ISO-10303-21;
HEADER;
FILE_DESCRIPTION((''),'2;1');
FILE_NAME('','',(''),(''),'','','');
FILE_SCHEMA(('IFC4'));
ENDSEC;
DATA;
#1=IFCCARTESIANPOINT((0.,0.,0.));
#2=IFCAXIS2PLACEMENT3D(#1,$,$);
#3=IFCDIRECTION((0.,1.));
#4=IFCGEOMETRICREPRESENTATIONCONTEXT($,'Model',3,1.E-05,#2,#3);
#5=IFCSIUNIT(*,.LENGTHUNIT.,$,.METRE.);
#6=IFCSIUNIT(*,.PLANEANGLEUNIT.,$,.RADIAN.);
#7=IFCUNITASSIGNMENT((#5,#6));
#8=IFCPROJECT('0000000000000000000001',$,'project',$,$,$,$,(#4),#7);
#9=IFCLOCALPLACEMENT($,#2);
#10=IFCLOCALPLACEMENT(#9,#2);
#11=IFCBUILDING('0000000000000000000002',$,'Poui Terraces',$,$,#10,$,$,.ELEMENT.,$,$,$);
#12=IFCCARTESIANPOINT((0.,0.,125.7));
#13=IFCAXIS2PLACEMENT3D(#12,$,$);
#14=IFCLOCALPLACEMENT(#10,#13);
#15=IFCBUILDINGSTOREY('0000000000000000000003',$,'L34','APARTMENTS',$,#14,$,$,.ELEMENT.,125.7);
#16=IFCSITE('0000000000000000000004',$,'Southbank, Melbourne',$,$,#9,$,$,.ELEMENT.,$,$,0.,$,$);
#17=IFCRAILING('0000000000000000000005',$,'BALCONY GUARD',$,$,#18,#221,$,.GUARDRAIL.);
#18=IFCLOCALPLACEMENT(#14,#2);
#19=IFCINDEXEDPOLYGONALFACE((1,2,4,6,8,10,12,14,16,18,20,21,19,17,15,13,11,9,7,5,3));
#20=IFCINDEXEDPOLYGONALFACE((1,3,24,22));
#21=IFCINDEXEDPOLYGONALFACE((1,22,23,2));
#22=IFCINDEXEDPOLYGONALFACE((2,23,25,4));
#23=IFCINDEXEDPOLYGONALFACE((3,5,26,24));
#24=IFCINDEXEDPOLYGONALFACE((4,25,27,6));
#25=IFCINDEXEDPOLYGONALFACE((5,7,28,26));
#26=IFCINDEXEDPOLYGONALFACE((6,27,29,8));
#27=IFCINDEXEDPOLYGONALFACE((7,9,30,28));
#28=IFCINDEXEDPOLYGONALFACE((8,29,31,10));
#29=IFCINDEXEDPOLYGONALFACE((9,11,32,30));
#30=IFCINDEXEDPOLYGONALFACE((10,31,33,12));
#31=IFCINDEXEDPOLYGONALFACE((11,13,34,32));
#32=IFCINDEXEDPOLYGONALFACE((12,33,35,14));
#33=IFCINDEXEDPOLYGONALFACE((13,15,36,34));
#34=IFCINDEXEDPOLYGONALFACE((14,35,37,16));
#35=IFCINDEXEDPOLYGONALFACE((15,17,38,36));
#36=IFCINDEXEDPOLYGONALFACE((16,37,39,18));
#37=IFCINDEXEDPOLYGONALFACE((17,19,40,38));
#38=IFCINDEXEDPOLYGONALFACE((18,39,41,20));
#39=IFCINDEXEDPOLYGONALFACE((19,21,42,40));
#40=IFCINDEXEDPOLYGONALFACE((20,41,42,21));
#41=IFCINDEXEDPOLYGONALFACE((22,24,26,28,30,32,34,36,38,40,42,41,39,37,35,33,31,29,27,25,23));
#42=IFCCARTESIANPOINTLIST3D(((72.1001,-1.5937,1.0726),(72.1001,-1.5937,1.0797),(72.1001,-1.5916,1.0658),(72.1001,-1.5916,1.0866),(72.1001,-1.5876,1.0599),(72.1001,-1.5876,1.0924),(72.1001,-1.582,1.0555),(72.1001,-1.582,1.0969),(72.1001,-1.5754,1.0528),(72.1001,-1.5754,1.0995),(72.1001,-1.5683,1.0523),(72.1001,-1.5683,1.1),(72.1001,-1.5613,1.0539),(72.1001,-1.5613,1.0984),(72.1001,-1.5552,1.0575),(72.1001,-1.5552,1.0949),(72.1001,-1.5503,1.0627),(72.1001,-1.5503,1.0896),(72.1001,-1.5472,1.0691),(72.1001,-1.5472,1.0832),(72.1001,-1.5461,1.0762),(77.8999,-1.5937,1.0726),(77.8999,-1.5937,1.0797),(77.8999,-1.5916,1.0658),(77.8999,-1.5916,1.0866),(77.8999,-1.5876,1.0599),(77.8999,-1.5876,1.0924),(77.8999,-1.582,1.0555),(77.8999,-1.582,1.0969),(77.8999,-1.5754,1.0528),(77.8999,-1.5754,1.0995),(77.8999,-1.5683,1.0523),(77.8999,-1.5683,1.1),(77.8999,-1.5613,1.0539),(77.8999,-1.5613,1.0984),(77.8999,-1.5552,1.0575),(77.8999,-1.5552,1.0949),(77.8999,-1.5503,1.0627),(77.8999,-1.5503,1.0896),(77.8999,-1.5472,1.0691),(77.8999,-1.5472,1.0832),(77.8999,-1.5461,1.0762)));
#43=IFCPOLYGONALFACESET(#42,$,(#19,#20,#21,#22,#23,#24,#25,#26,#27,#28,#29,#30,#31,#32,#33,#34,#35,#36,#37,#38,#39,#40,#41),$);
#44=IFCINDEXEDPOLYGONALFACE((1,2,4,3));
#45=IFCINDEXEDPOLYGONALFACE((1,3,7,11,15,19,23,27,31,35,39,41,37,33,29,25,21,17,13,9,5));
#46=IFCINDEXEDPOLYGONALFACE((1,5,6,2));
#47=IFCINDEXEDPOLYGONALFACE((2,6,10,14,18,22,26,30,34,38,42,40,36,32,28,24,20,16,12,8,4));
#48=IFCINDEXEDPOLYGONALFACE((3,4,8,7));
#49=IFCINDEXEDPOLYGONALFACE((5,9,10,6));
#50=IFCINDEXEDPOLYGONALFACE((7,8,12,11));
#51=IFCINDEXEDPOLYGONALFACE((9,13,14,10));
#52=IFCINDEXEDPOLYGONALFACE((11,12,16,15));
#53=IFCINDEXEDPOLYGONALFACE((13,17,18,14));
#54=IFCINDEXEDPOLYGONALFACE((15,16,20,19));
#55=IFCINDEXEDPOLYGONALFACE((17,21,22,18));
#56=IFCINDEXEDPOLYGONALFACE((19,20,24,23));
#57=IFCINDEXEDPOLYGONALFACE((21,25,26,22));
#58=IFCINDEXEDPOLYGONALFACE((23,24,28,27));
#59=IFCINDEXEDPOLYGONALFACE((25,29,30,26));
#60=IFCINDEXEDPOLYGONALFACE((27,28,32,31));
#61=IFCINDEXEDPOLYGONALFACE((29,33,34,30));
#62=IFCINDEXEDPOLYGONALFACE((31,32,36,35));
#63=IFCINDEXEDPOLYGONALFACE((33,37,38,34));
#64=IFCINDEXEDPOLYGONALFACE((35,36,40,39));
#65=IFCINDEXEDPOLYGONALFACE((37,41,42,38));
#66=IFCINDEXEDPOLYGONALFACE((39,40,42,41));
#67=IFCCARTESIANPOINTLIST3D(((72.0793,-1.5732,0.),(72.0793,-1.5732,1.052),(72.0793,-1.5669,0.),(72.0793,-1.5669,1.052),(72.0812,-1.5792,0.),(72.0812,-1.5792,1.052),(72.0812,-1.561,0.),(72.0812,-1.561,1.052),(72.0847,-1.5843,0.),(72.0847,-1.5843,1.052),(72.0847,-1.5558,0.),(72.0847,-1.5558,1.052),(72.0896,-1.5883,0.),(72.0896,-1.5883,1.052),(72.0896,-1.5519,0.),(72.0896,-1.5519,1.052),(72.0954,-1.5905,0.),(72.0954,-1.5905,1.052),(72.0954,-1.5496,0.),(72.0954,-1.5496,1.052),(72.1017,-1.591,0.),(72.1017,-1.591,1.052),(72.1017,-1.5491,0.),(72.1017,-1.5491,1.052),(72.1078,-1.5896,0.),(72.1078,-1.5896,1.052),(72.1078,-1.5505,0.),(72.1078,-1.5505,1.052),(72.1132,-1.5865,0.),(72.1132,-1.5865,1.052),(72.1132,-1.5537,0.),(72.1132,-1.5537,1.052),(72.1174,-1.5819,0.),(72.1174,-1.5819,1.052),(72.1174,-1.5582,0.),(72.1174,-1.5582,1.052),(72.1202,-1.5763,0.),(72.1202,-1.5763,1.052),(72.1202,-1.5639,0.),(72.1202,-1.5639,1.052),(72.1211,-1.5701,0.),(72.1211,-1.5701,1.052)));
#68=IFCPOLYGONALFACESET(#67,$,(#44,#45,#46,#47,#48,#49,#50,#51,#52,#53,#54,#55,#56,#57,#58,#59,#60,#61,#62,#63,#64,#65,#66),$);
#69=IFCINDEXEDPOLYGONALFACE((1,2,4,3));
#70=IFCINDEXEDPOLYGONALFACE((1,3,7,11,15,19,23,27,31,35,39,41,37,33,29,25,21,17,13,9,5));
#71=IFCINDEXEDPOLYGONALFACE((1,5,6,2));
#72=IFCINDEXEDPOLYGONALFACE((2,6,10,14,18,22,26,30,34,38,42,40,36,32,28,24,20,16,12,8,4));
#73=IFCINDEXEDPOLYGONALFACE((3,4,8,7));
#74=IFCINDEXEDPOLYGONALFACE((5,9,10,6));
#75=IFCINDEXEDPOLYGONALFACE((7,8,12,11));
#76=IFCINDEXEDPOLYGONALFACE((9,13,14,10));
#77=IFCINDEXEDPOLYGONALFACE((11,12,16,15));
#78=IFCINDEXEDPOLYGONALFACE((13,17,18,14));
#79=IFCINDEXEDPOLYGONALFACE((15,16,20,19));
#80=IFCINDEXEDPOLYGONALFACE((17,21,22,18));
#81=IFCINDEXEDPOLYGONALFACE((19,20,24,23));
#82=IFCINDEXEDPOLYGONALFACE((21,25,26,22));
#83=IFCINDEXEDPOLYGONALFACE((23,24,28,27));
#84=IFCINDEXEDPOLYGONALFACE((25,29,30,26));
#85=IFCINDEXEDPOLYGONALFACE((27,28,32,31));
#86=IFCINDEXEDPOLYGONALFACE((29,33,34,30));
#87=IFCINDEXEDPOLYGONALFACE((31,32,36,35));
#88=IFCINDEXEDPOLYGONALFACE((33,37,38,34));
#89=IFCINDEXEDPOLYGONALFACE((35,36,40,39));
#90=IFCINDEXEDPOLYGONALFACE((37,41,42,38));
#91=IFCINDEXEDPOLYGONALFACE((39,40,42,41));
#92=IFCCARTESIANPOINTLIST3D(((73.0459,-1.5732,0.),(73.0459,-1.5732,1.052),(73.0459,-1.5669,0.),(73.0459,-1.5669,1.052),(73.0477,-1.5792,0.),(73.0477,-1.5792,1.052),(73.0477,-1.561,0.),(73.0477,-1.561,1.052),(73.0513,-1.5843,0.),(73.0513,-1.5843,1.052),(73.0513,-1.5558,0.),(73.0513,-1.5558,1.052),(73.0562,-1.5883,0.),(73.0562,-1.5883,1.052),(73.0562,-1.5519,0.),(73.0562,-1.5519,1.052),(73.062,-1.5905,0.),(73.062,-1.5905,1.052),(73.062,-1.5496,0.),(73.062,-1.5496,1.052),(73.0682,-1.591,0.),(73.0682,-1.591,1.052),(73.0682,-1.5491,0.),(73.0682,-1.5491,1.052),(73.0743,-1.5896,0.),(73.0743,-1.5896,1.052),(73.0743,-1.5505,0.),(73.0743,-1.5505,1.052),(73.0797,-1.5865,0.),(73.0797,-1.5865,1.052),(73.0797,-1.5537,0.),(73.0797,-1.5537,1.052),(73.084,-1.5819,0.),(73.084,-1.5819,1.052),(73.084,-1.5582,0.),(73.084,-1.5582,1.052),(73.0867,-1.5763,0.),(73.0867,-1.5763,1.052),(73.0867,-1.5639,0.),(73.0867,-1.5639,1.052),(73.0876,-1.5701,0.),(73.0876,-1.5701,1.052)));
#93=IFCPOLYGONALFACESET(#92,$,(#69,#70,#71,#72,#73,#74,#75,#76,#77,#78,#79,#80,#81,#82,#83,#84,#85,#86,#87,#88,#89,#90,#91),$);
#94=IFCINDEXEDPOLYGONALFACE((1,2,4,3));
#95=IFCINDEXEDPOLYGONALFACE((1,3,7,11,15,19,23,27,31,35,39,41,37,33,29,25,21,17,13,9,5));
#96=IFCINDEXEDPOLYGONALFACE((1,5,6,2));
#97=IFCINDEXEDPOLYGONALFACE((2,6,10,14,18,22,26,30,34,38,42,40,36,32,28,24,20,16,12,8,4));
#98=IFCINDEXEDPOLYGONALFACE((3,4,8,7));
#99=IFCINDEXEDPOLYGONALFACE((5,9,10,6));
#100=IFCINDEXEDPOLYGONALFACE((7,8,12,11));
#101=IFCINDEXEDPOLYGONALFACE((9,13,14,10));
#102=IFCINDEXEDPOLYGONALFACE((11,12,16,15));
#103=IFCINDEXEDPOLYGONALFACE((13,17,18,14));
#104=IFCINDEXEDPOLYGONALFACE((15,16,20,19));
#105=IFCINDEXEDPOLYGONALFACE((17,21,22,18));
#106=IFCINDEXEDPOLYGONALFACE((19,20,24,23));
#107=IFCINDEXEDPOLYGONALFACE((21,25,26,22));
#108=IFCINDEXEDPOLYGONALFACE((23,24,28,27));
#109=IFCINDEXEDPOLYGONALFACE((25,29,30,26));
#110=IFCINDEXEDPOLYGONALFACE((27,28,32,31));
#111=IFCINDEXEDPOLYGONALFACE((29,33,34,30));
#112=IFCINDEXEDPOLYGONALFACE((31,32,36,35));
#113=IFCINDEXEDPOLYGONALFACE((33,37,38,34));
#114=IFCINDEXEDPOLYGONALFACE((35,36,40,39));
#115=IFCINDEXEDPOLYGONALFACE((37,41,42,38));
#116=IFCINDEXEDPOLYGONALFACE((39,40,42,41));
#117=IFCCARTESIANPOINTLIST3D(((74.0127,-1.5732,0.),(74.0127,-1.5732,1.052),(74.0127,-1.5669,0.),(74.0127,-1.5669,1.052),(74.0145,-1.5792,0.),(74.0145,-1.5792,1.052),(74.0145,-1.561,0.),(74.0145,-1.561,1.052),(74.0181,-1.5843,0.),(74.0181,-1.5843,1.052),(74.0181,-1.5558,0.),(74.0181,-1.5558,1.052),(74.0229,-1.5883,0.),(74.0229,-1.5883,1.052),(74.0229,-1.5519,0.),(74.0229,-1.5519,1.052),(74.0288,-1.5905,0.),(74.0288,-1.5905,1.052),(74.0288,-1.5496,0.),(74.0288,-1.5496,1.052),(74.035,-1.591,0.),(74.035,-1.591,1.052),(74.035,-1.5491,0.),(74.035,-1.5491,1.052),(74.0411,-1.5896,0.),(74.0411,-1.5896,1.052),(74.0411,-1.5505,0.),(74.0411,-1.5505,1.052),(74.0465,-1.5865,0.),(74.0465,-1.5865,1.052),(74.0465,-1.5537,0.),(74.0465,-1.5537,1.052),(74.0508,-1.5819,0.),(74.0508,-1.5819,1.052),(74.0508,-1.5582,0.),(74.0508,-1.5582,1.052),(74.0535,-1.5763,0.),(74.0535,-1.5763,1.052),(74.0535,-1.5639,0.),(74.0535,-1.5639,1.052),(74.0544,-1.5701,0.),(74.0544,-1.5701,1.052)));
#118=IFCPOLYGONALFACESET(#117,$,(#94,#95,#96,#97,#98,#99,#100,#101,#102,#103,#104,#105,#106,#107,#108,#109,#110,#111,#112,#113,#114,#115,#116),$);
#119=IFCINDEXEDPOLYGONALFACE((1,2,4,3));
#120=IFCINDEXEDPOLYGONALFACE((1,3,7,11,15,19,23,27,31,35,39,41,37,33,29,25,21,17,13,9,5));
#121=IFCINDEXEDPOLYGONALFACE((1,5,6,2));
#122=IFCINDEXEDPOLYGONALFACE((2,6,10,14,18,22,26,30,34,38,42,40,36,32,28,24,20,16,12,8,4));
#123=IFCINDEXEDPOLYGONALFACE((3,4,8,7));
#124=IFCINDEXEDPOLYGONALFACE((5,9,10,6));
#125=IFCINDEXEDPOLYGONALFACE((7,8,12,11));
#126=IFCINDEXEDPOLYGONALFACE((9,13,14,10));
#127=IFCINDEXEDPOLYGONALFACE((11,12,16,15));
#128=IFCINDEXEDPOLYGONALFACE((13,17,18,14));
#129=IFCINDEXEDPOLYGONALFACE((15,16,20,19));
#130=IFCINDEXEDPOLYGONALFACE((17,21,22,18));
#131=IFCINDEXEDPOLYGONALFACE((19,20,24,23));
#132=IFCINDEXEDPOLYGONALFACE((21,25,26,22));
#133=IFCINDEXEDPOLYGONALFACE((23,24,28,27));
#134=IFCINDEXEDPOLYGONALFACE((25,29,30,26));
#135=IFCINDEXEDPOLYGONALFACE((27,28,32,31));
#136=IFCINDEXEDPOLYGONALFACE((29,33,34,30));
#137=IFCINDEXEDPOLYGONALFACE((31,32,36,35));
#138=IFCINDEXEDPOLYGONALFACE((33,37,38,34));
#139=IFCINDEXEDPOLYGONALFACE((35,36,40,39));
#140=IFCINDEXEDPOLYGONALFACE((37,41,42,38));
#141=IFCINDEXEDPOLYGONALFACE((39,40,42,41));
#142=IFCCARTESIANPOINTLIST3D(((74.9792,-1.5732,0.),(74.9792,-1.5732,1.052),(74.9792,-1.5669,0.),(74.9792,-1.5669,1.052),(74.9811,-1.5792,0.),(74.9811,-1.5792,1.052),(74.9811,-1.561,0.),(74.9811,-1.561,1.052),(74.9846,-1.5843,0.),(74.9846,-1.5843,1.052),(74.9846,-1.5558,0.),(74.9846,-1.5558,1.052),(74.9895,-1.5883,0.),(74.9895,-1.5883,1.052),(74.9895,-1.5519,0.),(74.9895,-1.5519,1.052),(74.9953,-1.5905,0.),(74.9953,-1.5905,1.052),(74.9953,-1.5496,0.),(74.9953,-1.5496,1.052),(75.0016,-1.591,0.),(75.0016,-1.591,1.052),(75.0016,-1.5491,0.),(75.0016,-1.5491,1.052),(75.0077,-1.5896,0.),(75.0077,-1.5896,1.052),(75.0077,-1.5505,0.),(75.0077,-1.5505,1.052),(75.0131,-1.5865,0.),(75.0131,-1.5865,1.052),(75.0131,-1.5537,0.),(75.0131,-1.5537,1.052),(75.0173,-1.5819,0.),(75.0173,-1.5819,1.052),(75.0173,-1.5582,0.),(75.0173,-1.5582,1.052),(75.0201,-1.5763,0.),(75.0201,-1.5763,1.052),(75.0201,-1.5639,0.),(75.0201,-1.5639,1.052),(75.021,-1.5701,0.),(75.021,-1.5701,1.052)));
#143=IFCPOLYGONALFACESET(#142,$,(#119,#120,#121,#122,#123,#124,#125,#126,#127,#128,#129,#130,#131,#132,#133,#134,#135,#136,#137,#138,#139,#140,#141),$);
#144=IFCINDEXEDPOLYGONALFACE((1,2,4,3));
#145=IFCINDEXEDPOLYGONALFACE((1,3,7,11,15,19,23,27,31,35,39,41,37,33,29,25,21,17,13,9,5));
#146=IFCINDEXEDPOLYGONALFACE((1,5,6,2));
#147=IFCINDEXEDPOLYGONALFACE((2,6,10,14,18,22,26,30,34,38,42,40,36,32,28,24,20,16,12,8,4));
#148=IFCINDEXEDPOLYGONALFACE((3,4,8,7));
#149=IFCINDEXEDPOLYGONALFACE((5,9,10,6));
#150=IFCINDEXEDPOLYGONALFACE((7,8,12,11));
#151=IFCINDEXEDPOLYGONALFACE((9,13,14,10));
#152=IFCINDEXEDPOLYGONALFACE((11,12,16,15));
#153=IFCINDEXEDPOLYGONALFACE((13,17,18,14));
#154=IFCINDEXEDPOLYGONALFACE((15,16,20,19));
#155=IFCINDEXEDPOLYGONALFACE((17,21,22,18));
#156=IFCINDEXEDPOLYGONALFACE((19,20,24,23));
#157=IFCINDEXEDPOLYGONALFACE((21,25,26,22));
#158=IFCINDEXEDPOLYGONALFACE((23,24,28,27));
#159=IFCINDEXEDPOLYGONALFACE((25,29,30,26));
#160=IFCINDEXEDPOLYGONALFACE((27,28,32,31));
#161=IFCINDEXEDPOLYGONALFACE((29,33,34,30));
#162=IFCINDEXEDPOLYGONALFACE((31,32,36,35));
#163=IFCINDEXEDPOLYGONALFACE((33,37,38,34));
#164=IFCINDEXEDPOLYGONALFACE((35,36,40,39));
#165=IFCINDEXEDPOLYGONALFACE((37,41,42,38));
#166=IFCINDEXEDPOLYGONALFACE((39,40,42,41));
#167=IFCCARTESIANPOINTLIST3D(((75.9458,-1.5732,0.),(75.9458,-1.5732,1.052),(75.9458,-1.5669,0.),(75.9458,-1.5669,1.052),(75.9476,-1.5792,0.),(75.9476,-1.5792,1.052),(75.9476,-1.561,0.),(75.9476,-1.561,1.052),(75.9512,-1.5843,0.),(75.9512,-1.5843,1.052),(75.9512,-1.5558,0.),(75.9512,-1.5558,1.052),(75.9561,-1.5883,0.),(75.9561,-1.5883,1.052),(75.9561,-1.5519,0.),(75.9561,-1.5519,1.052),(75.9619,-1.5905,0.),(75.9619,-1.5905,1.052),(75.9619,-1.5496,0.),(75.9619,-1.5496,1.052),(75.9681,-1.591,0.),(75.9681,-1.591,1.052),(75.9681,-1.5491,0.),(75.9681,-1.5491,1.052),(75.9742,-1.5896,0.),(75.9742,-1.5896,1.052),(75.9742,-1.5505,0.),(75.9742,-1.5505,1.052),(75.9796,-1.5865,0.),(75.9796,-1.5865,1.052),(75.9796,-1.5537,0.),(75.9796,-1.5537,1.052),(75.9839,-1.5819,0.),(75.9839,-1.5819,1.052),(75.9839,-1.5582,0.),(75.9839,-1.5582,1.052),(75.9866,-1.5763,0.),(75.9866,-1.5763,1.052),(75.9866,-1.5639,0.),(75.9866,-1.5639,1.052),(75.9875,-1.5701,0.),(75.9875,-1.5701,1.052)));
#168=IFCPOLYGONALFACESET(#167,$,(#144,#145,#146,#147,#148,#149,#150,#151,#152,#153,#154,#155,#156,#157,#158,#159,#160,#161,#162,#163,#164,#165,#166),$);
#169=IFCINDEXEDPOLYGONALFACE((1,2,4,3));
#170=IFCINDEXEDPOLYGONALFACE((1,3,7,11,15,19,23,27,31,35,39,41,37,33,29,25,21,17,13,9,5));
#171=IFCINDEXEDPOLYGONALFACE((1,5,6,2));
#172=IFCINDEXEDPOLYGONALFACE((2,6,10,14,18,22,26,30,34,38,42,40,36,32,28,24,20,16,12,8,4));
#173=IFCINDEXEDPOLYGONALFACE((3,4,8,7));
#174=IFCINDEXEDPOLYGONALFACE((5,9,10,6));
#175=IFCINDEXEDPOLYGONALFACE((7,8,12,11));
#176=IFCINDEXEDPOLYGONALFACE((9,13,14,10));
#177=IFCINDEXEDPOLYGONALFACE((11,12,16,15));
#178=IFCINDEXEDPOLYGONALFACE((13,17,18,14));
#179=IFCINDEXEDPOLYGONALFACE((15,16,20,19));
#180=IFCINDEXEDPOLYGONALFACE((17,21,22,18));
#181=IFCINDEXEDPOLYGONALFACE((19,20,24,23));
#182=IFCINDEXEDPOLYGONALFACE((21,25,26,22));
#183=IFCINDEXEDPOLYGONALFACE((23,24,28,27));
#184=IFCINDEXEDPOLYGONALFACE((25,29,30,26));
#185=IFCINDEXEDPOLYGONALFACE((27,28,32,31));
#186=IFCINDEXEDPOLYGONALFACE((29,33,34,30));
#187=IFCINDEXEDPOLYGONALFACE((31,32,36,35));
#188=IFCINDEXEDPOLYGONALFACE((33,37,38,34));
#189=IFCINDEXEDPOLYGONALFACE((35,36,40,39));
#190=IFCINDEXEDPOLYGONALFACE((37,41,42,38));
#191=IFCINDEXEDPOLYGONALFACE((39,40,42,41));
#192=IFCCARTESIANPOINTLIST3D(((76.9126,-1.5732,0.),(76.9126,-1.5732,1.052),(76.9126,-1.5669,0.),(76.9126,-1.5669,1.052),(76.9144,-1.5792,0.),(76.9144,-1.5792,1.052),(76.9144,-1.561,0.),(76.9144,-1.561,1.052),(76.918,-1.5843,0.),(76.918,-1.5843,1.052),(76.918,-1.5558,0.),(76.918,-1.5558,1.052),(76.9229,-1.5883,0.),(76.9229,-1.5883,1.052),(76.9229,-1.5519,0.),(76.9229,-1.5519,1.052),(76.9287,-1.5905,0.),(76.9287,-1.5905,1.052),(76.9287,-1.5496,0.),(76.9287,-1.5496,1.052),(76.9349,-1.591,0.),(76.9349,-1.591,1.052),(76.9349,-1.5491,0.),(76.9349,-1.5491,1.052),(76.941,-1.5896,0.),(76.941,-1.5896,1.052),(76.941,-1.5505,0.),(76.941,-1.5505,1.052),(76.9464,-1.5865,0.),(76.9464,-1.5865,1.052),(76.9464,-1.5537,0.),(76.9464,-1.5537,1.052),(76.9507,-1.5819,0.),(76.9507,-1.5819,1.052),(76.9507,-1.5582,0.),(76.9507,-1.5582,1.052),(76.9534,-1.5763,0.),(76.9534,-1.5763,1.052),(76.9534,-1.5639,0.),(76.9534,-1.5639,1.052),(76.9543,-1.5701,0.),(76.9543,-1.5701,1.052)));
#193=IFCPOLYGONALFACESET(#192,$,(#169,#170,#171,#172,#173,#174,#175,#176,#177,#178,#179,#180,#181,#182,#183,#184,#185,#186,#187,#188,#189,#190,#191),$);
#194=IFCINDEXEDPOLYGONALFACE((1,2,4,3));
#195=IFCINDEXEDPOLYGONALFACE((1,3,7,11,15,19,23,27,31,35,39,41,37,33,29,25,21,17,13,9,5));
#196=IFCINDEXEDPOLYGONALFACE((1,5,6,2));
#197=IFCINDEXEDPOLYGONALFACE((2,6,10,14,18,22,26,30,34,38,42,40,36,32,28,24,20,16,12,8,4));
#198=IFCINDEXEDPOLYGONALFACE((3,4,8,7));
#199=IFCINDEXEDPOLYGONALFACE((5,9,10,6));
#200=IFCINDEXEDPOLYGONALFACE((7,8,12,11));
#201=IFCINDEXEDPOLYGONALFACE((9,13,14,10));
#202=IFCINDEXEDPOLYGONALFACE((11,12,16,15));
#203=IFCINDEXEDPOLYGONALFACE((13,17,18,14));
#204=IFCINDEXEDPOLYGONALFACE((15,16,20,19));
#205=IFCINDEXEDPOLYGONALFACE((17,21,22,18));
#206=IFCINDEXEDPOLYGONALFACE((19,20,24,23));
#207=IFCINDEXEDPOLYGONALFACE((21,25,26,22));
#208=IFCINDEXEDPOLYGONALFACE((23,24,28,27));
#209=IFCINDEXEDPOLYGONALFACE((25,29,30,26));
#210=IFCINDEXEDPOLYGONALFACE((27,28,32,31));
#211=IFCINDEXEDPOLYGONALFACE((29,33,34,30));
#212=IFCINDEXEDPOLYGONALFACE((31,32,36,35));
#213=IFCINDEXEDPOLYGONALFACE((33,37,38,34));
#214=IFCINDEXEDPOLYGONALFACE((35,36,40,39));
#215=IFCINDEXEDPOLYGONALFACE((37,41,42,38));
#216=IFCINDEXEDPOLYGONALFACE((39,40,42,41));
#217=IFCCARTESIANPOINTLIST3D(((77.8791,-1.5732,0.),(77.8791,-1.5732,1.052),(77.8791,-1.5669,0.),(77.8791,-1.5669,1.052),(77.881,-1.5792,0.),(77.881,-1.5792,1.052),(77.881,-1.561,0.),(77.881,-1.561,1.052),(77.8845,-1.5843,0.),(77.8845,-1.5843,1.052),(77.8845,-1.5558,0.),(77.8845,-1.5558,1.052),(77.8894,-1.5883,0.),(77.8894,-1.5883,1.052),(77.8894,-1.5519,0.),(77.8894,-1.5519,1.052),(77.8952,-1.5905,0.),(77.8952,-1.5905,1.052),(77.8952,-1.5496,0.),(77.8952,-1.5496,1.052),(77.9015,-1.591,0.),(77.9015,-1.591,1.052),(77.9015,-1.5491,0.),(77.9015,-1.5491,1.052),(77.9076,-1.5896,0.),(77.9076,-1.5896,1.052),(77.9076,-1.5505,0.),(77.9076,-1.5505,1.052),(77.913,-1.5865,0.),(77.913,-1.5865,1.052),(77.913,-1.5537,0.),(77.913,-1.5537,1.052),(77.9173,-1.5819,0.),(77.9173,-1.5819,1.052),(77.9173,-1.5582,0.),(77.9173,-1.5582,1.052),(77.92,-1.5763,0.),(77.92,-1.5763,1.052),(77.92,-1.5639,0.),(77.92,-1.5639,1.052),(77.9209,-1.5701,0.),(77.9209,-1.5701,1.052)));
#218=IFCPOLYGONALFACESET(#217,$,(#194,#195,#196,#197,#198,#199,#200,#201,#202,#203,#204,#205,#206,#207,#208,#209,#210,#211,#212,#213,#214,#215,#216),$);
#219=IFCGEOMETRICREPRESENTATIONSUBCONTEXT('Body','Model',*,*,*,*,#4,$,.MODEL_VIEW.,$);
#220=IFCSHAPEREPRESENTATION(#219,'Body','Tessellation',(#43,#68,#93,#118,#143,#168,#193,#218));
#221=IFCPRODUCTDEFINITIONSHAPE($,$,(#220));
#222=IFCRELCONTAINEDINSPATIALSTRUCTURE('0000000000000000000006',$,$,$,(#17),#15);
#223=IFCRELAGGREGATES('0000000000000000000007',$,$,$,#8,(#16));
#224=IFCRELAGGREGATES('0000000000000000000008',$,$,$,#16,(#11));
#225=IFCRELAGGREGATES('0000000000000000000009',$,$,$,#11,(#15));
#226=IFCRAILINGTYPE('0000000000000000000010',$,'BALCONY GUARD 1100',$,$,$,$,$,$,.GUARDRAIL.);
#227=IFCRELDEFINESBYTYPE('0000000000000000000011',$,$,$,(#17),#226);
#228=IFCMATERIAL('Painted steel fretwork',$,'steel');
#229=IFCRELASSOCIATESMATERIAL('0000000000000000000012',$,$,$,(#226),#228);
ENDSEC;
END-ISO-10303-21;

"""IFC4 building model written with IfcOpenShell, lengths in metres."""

from ifc_helpers import new_model, si_unit, direction, frame, origin, origin_2d, place, context, subcontext, project, spatial, circle, extrude, material, type_object, element, save


model = new_model("IFC4")

# Units and contexts
model_context = context("Model", 3, precision=1e-05, world=origin(), true_north=direction((0.0, 1.0)))
body_context = subcontext(model_context, "Body", "Model", "MODEL_VIEW")
ifc_project = project(units=[si_unit("LENGTHUNIT", "METRE"), si_unit("PLANEANGLEUNIT", "RADIAN")], contexts=[model_context])

# Site, building, storey
site_placement = place(None, origin())
site = spatial("IfcSite", under=ifc_project, at=site_placement, Name="Southbank, Melbourne", CompositionType="ELEMENT", RefElevation=0.0)
building_placement = place(site_placement, origin())
building = spatial("IfcBuilding", under=site, at=building_placement, Name="Poui Terraces", CompositionType="ELEMENT")
storey_placement = place(building_placement, frame((0.0, 0.0, 125.7)))
storey = spatial("IfcBuildingStorey", under=building, at=storey_placement, Name="L34", Description="APARTMENTS", CompositionType="ELEMENT", Elevation=125.7)

# Railing
ifc_material_1 = material(Name="Painted steel fretwork", Category="steel")
railing_type_1 = type_object("IfcRailingType", Name="BALCONY GUARD 1100", PredefinedType="GUARDRAIL", material=ifc_material_1)
railing_1_placement = place(storey_placement, frame((72.1001, -1.5701, 0.0)))
element("IfcRailing", 1, at=railing_1_placement, inside=storey, type_object=railing_type_1, Name="BALCONY GUARD", PredefinedType="GUARDRAIL", context=body_context, shape_type="SweptSolid", body=[
    extrude(circle(Radius=0.0239, at=origin_2d()), frame((0.0, 0.0, 1.0762), z_axis=(1.0, 0.0, 0.0), x_axis=(0.0, 1.0, 0.0)), (0.0, 0.0, 1.0), 5.7998),
    extrude(circle(Radius=0.021, at=origin_2d()), origin(), (0.0, 0.0, 1.0), 1.052),
    extrude(circle(Radius=0.021, at=origin_2d()), frame((0.9666, 0.0, 0.0)), (0.0, 0.0, 1.0), 1.052),
    extrude(circle(Radius=0.021, at=origin_2d()), frame((1.9333, 0.0, 0.0)), (0.0, 0.0, 1.0), 1.052),
    extrude(circle(Radius=0.021, at=origin_2d()), frame((2.8999, 0.0, 0.0)), (0.0, 0.0, 1.0), 1.052),
    extrude(circle(Radius=0.021, at=origin_2d()), frame((3.8665, 0.0, 0.0)), (0.0, 0.0, 1.0), 1.052),
    extrude(circle(Radius=0.021, at=origin_2d()), frame((4.8333, 0.0, 0.0)), (0.0, 0.0, 1.0), 1.052),
    extrude(circle(Radius=0.021, at=origin_2d()), frame((5.7998, 0.0, 0.0)), (0.0, 0.0, 1.0), 1.052),
])

save(model, "model.ifc")
